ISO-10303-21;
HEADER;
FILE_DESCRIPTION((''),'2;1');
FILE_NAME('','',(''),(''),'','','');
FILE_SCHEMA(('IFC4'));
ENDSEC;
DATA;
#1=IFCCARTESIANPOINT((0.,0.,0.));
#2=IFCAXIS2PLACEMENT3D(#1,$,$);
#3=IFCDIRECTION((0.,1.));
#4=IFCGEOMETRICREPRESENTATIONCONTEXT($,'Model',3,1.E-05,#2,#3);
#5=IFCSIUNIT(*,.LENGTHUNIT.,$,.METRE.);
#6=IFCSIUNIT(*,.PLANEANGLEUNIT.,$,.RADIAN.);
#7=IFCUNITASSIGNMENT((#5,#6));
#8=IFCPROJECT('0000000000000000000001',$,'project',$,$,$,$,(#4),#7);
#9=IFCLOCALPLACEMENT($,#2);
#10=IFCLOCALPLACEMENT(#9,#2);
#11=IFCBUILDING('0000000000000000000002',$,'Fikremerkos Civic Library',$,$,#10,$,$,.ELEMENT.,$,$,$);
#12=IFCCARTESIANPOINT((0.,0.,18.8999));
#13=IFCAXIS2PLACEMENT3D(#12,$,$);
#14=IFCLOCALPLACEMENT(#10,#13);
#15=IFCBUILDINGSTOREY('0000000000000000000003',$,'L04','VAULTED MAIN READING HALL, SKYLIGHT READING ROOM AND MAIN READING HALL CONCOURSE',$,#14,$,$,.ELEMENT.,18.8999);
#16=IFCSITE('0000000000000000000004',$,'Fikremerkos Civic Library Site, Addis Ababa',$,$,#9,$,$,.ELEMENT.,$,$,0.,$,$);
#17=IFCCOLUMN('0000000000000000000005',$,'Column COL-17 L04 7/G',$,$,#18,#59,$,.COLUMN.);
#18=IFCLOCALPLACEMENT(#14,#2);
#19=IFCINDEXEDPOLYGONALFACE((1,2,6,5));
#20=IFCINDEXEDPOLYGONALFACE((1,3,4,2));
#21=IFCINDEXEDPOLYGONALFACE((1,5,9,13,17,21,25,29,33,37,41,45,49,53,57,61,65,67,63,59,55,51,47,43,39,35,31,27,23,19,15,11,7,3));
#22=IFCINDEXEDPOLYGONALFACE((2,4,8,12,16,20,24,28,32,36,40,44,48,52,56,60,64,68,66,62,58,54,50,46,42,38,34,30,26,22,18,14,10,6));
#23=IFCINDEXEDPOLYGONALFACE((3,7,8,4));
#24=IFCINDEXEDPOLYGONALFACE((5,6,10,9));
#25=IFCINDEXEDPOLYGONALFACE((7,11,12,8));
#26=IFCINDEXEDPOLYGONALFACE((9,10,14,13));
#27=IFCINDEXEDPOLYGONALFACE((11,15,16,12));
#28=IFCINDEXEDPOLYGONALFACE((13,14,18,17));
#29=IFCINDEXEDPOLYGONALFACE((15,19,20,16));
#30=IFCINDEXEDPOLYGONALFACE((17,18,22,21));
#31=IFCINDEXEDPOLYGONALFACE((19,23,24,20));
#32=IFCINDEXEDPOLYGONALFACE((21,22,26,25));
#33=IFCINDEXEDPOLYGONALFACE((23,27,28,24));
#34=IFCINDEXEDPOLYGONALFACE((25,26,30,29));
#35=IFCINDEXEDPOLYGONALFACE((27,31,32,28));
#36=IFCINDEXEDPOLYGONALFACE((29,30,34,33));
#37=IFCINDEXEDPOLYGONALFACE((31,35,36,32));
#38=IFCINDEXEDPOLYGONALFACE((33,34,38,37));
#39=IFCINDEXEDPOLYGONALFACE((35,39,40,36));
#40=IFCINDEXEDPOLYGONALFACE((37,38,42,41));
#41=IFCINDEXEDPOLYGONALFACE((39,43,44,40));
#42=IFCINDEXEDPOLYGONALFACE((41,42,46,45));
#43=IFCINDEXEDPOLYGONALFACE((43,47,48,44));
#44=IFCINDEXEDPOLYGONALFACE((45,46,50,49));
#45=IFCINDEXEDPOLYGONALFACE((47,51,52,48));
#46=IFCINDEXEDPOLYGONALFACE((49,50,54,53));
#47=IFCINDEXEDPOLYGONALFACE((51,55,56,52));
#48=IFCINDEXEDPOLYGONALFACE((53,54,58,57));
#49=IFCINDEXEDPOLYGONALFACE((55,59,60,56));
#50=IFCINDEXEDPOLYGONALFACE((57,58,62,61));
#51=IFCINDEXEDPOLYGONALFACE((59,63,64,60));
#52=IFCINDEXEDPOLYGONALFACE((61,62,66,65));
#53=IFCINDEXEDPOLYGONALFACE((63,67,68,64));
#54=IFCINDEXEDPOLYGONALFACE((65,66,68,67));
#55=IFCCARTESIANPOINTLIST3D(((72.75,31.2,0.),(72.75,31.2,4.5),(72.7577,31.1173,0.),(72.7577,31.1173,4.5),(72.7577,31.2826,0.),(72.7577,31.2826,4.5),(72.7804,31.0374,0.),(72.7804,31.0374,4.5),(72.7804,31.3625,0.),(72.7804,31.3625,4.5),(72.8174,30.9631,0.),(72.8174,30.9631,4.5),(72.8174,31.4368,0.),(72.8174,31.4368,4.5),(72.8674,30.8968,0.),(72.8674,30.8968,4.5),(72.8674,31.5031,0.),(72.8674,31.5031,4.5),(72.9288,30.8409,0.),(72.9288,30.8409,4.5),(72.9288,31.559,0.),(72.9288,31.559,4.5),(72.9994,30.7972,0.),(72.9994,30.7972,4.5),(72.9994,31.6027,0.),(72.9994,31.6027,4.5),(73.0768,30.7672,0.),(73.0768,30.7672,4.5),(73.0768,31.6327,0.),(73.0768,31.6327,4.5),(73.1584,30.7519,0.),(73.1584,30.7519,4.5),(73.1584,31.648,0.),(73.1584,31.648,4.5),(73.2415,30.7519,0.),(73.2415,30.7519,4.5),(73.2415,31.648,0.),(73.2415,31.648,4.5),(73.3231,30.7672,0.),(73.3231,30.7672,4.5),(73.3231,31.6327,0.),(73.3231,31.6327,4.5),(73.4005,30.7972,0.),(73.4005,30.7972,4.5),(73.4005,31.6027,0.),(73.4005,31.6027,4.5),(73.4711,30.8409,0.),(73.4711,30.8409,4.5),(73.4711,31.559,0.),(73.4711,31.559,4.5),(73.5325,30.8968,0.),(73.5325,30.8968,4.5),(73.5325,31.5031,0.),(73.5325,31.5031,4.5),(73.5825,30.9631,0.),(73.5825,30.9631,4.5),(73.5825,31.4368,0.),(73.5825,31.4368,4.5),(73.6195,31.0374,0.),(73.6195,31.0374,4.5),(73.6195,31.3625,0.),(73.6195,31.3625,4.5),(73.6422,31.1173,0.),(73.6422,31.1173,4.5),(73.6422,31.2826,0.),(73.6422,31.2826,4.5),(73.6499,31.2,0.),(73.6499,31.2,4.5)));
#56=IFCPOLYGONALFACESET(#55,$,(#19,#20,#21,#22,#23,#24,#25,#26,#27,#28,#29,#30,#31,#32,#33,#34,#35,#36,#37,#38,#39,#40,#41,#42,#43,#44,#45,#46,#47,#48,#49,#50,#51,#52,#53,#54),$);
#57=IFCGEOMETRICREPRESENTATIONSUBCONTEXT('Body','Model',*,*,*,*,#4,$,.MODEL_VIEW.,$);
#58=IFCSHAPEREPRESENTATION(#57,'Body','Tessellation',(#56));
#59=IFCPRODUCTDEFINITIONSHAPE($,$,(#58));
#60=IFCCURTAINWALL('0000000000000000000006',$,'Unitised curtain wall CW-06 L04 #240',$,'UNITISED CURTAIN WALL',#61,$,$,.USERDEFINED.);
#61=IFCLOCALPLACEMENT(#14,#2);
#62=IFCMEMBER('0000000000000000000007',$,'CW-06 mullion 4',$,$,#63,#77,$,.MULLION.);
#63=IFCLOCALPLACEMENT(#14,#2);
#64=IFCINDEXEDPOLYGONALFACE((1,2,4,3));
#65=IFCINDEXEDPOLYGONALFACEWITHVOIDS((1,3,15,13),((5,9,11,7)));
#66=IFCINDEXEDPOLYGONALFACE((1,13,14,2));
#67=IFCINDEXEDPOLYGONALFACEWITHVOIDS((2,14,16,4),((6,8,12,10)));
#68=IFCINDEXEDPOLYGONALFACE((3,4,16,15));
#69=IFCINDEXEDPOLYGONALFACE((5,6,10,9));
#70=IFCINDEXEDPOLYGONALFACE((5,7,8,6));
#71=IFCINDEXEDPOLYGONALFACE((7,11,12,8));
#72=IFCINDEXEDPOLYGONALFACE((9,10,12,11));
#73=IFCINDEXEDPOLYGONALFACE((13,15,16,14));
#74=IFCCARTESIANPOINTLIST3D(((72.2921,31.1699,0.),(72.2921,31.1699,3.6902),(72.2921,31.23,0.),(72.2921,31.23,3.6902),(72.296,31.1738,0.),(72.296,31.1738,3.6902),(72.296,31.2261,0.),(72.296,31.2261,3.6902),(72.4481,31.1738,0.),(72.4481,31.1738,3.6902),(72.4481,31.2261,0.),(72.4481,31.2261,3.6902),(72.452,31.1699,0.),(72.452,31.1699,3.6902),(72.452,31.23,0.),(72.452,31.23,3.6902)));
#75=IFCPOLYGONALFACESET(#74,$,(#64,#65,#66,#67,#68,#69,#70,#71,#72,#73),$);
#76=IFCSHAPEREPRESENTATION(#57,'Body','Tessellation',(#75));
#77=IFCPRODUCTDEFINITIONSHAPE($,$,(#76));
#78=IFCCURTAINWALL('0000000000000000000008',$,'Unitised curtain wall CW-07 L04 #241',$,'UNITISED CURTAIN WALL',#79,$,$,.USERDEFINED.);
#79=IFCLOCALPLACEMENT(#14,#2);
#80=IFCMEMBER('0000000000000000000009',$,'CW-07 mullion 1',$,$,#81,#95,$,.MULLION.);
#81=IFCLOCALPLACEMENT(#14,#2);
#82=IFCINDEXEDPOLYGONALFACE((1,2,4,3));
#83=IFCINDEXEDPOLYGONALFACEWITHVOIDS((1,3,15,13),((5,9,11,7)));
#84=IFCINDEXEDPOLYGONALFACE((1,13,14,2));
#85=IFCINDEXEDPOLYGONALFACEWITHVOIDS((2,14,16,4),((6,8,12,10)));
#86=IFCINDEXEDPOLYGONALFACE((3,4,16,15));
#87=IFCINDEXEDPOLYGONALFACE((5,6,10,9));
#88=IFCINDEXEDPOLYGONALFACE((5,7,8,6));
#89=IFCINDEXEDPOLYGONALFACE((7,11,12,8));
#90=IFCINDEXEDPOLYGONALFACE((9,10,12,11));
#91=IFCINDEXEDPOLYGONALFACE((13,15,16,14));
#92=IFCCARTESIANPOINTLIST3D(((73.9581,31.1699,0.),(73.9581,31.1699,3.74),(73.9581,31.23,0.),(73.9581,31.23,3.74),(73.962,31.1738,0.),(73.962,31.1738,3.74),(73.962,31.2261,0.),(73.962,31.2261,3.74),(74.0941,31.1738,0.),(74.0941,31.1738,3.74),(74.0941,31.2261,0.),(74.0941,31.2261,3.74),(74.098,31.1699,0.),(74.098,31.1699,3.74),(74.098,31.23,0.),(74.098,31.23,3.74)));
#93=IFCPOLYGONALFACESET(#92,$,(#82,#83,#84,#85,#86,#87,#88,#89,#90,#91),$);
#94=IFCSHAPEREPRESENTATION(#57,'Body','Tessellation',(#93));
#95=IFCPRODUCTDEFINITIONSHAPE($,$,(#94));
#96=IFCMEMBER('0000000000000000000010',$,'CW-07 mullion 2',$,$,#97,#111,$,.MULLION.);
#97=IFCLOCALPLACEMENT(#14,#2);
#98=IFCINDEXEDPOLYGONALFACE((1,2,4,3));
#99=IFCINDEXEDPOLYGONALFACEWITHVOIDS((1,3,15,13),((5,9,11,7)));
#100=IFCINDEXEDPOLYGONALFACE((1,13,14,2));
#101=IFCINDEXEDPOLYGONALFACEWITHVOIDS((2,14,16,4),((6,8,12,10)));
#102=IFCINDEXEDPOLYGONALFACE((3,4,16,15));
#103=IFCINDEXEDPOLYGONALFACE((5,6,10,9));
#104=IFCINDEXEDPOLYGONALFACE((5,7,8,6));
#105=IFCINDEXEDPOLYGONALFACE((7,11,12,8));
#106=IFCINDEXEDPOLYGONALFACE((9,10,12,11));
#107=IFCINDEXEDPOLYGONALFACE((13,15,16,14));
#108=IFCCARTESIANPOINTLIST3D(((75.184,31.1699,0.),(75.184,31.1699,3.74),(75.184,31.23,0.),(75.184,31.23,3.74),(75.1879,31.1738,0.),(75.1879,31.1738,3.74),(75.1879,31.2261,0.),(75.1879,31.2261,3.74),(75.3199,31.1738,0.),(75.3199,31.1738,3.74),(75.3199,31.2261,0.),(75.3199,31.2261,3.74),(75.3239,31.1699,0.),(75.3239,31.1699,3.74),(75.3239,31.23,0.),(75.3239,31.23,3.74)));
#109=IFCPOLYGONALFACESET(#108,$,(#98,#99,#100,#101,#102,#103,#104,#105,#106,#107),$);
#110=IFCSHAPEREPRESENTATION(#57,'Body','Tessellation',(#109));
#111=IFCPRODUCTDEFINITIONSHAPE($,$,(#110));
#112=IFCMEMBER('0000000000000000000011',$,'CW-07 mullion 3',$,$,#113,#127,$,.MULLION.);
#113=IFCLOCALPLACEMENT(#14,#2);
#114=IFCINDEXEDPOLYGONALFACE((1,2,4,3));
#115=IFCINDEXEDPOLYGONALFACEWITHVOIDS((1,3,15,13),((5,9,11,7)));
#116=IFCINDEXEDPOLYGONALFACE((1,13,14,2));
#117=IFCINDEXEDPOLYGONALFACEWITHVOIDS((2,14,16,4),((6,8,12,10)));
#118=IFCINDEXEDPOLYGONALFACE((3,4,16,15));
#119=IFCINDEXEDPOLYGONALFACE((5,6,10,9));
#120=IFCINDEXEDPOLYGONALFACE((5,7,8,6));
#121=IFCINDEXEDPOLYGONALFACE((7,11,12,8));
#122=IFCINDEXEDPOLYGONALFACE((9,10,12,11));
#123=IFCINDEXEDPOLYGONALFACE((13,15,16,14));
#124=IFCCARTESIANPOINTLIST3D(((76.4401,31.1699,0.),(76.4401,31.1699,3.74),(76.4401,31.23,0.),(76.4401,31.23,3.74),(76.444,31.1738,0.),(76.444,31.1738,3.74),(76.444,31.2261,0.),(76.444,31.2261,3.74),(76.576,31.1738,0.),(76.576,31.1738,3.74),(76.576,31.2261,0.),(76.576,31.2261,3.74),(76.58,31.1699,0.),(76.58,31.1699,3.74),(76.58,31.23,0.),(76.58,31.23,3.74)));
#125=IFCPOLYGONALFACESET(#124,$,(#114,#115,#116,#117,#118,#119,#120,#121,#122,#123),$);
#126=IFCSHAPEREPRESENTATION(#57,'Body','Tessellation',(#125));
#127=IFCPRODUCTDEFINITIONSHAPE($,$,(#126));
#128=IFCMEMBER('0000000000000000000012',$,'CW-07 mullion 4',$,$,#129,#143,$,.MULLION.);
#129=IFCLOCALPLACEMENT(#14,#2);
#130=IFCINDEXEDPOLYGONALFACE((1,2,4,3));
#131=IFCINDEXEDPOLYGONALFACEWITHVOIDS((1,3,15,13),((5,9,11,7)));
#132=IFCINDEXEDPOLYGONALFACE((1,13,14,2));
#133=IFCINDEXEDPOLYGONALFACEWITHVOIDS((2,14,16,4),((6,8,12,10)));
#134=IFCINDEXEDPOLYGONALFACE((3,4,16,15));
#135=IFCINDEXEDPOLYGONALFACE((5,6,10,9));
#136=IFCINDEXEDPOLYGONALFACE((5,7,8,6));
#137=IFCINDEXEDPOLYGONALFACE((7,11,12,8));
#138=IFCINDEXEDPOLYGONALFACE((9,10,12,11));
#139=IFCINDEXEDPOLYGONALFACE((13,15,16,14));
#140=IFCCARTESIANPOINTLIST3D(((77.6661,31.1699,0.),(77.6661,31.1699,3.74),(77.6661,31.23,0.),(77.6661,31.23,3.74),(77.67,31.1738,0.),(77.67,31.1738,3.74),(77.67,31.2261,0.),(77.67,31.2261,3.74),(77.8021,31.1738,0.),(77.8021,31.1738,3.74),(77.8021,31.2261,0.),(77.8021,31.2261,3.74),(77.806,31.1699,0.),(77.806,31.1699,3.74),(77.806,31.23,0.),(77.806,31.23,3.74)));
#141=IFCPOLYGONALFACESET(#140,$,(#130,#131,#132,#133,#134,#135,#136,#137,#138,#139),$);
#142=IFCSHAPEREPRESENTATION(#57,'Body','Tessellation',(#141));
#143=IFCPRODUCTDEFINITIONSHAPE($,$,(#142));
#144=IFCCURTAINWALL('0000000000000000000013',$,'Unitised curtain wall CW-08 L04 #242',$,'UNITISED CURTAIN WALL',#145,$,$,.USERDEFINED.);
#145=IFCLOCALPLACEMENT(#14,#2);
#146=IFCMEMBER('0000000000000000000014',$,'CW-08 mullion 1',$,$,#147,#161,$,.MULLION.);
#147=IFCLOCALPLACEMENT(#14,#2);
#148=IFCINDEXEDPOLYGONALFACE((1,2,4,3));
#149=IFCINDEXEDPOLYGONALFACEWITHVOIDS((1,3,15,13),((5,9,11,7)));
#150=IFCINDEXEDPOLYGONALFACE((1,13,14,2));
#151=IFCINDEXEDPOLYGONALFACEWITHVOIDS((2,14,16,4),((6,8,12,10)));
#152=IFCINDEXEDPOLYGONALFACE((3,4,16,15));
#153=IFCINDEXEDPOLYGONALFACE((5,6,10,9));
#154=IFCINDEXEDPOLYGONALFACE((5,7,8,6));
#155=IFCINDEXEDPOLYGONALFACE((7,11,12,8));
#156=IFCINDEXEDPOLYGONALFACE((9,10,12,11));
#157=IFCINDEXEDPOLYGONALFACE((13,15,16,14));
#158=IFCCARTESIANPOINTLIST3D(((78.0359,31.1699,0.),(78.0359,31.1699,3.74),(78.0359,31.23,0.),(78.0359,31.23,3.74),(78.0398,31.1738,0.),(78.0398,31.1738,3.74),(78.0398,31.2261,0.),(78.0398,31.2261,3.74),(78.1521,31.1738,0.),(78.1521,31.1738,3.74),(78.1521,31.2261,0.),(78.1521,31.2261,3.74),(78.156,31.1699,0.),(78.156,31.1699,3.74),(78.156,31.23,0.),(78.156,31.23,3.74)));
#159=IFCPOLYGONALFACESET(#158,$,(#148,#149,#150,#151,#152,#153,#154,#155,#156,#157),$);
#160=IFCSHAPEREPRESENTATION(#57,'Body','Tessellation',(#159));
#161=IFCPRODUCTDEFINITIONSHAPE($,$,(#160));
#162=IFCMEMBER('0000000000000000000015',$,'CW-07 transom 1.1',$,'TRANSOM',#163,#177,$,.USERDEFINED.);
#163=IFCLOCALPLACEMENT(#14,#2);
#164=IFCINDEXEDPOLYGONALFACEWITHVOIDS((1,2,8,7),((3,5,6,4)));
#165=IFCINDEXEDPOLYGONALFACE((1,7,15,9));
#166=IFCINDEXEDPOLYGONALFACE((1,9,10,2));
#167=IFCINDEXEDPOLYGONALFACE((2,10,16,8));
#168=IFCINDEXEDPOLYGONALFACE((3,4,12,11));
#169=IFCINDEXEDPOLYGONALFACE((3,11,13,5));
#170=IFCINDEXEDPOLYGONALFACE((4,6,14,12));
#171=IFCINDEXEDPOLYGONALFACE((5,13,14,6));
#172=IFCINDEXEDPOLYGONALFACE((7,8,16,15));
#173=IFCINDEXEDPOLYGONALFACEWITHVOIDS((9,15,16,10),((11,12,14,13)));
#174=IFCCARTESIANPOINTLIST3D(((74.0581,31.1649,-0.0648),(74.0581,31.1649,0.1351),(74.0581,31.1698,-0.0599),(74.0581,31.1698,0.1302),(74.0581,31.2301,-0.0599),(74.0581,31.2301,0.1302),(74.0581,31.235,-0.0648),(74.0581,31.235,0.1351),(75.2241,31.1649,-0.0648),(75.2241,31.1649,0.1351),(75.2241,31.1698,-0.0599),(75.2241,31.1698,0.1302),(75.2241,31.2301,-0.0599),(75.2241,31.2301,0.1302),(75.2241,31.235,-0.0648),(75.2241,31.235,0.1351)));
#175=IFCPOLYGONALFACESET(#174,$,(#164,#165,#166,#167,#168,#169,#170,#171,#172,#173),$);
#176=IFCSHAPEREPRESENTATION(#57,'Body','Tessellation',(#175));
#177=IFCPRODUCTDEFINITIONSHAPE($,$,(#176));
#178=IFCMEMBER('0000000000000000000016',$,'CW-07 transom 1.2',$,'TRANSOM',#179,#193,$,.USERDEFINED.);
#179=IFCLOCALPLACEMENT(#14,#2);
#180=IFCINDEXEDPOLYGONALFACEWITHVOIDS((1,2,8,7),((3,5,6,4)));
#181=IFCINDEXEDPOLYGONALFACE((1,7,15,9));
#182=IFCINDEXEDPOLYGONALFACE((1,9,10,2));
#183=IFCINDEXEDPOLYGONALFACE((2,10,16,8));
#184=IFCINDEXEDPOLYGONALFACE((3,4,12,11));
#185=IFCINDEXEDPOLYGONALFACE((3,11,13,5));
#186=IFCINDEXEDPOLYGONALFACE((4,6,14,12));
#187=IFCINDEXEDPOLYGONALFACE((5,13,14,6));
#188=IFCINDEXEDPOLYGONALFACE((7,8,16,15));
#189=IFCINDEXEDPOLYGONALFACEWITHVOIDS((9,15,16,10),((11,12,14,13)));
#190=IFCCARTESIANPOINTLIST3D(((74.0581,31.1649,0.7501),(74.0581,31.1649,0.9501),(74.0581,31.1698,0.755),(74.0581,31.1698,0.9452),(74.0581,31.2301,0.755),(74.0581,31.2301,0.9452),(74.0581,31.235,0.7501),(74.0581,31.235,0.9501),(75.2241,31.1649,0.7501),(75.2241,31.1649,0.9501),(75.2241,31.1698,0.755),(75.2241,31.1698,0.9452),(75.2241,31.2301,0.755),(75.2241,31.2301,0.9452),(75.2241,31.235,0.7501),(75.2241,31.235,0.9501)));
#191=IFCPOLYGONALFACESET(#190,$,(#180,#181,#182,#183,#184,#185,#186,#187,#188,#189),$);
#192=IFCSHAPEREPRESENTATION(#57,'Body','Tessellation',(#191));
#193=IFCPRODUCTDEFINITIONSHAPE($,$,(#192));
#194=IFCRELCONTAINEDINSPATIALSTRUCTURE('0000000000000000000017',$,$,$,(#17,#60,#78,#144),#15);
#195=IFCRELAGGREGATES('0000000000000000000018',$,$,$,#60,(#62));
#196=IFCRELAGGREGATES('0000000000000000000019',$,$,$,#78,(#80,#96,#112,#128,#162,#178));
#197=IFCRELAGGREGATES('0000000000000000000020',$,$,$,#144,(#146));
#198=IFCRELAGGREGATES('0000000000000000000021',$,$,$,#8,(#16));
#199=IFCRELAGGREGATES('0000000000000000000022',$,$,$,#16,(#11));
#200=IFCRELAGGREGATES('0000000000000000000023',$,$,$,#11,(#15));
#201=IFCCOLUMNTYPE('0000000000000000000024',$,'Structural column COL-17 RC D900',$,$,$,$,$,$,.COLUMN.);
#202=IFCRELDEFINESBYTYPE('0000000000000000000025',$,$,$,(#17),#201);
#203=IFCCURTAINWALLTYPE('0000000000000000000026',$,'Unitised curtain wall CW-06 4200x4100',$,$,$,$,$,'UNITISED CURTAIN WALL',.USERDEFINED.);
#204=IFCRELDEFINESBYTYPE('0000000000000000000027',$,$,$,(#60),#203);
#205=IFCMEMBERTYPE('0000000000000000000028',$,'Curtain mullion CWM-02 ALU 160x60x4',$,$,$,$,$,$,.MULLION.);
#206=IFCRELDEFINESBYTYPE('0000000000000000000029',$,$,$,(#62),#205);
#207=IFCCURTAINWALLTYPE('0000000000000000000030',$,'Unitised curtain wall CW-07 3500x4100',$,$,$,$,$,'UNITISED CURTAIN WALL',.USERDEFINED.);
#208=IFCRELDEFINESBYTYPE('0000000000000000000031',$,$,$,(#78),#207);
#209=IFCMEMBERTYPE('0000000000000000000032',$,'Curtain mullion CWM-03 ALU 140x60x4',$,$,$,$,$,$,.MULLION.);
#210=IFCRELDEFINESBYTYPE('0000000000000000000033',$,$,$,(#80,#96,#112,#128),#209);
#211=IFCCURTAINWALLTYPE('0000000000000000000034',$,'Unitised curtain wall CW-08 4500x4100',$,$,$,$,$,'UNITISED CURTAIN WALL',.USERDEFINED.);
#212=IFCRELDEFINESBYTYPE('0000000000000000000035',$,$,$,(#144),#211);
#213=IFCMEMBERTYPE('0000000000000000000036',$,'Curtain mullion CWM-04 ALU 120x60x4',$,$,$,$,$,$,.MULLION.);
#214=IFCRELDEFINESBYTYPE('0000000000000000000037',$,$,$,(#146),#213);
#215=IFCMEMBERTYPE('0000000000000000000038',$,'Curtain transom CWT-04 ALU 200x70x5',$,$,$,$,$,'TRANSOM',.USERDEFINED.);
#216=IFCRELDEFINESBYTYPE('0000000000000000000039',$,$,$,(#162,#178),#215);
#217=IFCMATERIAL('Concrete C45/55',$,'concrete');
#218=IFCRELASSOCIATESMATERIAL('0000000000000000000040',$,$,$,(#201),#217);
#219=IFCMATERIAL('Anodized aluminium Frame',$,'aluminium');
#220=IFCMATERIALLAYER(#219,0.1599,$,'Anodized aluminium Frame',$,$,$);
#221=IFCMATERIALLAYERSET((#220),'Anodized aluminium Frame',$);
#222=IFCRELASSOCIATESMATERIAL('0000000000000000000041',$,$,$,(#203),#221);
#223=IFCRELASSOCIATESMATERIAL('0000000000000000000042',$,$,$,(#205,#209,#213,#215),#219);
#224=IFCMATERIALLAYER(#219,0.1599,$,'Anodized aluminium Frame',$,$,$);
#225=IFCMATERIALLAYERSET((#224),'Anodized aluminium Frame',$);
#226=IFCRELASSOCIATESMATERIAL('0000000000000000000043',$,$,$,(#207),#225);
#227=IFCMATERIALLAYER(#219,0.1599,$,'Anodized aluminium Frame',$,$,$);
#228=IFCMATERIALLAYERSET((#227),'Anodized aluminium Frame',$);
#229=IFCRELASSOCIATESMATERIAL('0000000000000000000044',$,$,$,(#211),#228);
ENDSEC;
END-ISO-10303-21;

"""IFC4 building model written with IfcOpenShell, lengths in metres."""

from ifc_helpers import new_model, si_unit, direction, frame, origin, origin_2d, place, context, subcontext, project, spatial, hollow_rectangle, circle, extrude, material, layer, layer_set, material_profile, profile_set, type_object, element, aggregate, save


model = new_model("IFC4")

# Units and contexts
model_context = context("Model", 3, precision=1e-05, world=origin(), true_north=direction((0.0, 1.0)))
body_context = subcontext(model_context, "Body", "Model", "MODEL_VIEW")
ifc_project = project(units=[si_unit("LENGTHUNIT", "METRE"), si_unit("PLANEANGLEUNIT", "RADIAN")], contexts=[model_context])

# Site, building, storey
site_placement = place(None, origin())
site = spatial("IfcSite", under=ifc_project, at=site_placement, Name="Fikremerkos Civic Library Site, Addis Ababa", CompositionType="ELEMENT", RefElevation=0.0)
building_placement = place(site_placement, origin())
building = spatial("IfcBuilding", under=site, at=building_placement, Name="Fikremerkos Civic Library", CompositionType="ELEMENT")
storey_placement = place(building_placement, frame((0.0, 0.0, 18.8999)))
storey = spatial("IfcBuildingStorey", under=building, at=storey_placement, Name="L04", Description="VAULTED MAIN READING HALL, SKYLIGHT READING ROOM AND MAIN READING HALL CONCOURSE", CompositionType="ELEMENT", Elevation=18.8999)

# Column
ifc_material_1 = material(Name="Concrete C45/55", Category="concrete")
ifc_material_profile_1 = material_profile(ifc_material_1, circle(Radius=0.45, at=origin_2d()), Name="RC D900")
ifc_profile_set_1 = profile_set([ifc_material_profile_1], Name="Concrete C45/55")
column_type = type_object("IfcColumnType", Name="Structural column COL-17 RC D900", PredefinedType="COLUMN", material=ifc_profile_set_1)
column_placement = place(storey_placement, frame((73.2, 31.2, 0.0), z_axis=(0.0, 0.0, 1.0), x_axis=(1.0, 0.0, 0.0)))
element("IfcColumn", 1, at=column_placement, inside=storey, type_object=column_type, Name="Column COL-17 L04 7/G", PredefinedType="COLUMN", context=body_context, shape_type="SweptSolid", body=[
    extrude(circle(Radius=0.45, at=origin_2d()), origin(), (0.0, 0.0, 1.0), 4.5),
])

# Curtain wall, member
ifc_material_2 = material(Name="Anodized aluminium Frame", Category="aluminium")
ifc_layer_1 = layer(ifc_material_2, 0.1599, Name="Anodized aluminium Frame")
ifc_layer_set_1 = layer_set([ifc_layer_1], Name="Anodized aluminium Frame")
curtain_wall_type_1 = type_object("IfcCurtainWallType", Name="Unitised curtain wall CW-06 4200x4100", ElementType="UNITISED CURTAIN WALL", PredefinedType="USERDEFINED", material=ifc_layer_set_1)
curtain_wall_1_placement = place(storey_placement, origin())
curtain_wall_1 = element("IfcCurtainWall", 2, at=curtain_wall_1_placement, inside=storey, type_object=curtain_wall_type_1, Name="Unitised curtain wall CW-06 L04 #240", ObjectType="UNITISED CURTAIN WALL", PredefinedType="USERDEFINED")
ifc_material_profile_2 = material_profile(ifc_material_2, hollow_rectangle(XDim=0.0601, YDim=0.1599, WallThickness=0.0039, at=origin_2d()), Name="ALU 160x60x4")
ifc_profile_set_2 = profile_set([ifc_material_profile_2], Name="Anodized aluminium Frame")
member_type_1 = type_object("IfcMemberType", Name="Curtain mullion CWM-02 ALU 160x60x4", PredefinedType="MULLION", material=ifc_profile_set_2)
member_1_placement = place(storey_placement, frame((72.3721, 31.2, 0.0), z_axis=(0.0, 0.0, 1.0), x_axis=(0.0, 1.0, 0.0)))
member_1 = element("IfcMember", 3, at=member_1_placement, type_object=member_type_1, Name="CW-06 mullion 4", PredefinedType="MULLION", context=body_context, shape_type="SweptSolid", body=[
    extrude(hollow_rectangle(XDim=0.0601, YDim=0.1599, WallThickness=0.0039, at=origin_2d()), origin(), (0.0, 0.0, 1.0), 3.6902),
])

# Curtain wall, members
ifc_layer_2 = layer(ifc_material_2, 0.1599, Name="Anodized aluminium Frame")
ifc_layer_set_2 = layer_set([ifc_layer_2], Name="Anodized aluminium Frame")
curtain_wall_type_2 = type_object("IfcCurtainWallType", Name="Unitised curtain wall CW-07 3500x4100", ElementType="UNITISED CURTAIN WALL", PredefinedType="USERDEFINED", material=ifc_layer_set_2)
curtain_wall_2_placement = place(storey_placement, origin())
curtain_wall_2 = element("IfcCurtainWall", 4, at=curtain_wall_2_placement, inside=storey, type_object=curtain_wall_type_2, Name="Unitised curtain wall CW-07 L04 #241", ObjectType="UNITISED CURTAIN WALL", PredefinedType="USERDEFINED")
ifc_material_profile_3 = material_profile(ifc_material_2, hollow_rectangle(XDim=0.0601, YDim=0.1399, WallThickness=0.0039, at=origin_2d()), Name="ALU 140x60x4")
ifc_profile_set_3 = profile_set([ifc_material_profile_3], Name="Anodized aluminium Frame")
member_type_2 = type_object("IfcMemberType", Name="Curtain mullion CWM-03 ALU 140x60x4", PredefinedType="MULLION", material=ifc_profile_set_3)
member_2_placement = place(storey_placement, frame((74.0281, 31.2, 0.0), z_axis=(0.0, 0.0, 1.0), x_axis=(0.0, 1.0, 0.0)))
member_2 = element("IfcMember", 5, at=member_2_placement, type_object=member_type_2, Name="CW-07 mullion 1", PredefinedType="MULLION", context=body_context, shape_type="SweptSolid", body=[
    extrude(hollow_rectangle(XDim=0.0601, YDim=0.1399, WallThickness=0.0039, at=origin_2d()), origin(), (0.0, 0.0, 1.0), 3.74),
])
member_3_placement = place(storey_placement, frame((75.2539, 31.2, 0.0), z_axis=(0.0, 0.0, 1.0), x_axis=(0.0, 1.0, 0.0)))
member_3 = element("IfcMember", 6, at=member_3_placement, type_object=member_type_2, Name="CW-07 mullion 2", PredefinedType="MULLION", context=body_context, shape_type="SweptSolid", body=[
    extrude(hollow_rectangle(XDim=0.0601, YDim=0.1399, WallThickness=0.0039, at=origin_2d()), origin(), (0.0, 0.0, 1.0), 3.74),
])
member_4_placement = place(storey_placement, frame((76.51, 31.2, 0.0), z_axis=(0.0, 0.0, 1.0), x_axis=(0.0, 1.0, 0.0)))
member_4 = element("IfcMember", 7, at=member_4_placement, type_object=member_type_2, Name="CW-07 mullion 3", PredefinedType="MULLION", context=body_context, shape_type="SweptSolid", body=[
    extrude(hollow_rectangle(XDim=0.0601, YDim=0.1399, WallThickness=0.0039, at=origin_2d()), origin(), (0.0, 0.0, 1.0), 3.74),
])
member_5_placement = place(storey_placement, frame((77.7361, 31.2, 0.0), z_axis=(0.0, 0.0, 1.0), x_axis=(0.0, 1.0, 0.0)))
member_5 = element("IfcMember", 8, at=member_5_placement, type_object=member_type_2, Name="CW-07 mullion 4", PredefinedType="MULLION", context=body_context, shape_type="SweptSolid", body=[
    extrude(hollow_rectangle(XDim=0.0601, YDim=0.1399, WallThickness=0.0039, at=origin_2d()), origin(), (0.0, 0.0, 1.0), 3.74),
])

# Curtain wall, member
ifc_layer_3 = layer(ifc_material_2, 0.1599, Name="Anodized aluminium Frame")
ifc_layer_set_3 = layer_set([ifc_layer_3], Name="Anodized aluminium Frame")
curtain_wall_type_3 = type_object("IfcCurtainWallType", Name="Unitised curtain wall CW-08 4500x4100", ElementType="UNITISED CURTAIN WALL", PredefinedType="USERDEFINED", material=ifc_layer_set_3)
curtain_wall_3_placement = place(storey_placement, origin())
curtain_wall_3 = element("IfcCurtainWall", 9, at=curtain_wall_3_placement, inside=storey, type_object=curtain_wall_type_3, Name="Unitised curtain wall CW-08 L04 #242", ObjectType="UNITISED CURTAIN WALL", PredefinedType="USERDEFINED")
ifc_material_profile_4 = material_profile(ifc_material_2, hollow_rectangle(XDim=0.0601, YDim=0.1201, WallThickness=0.0039, at=origin_2d()), Name="ALU 120x60x4")
ifc_profile_set_4 = profile_set([ifc_material_profile_4], Name="Anodized aluminium Frame")
member_type_3 = type_object("IfcMemberType", Name="Curtain mullion CWM-04 ALU 120x60x4", PredefinedType="MULLION", material=ifc_profile_set_4)
member_6_placement = place(storey_placement, frame((78.0959, 31.2, 0.0), z_axis=(0.0, 0.0, 1.0), x_axis=(0.0, 1.0, 0.0)))
member_6 = element("IfcMember", 10, at=member_6_placement, type_object=member_type_3, Name="CW-08 mullion 1", PredefinedType="MULLION", context=body_context, shape_type="SweptSolid", body=[
    extrude(hollow_rectangle(XDim=0.0601, YDim=0.1201, WallThickness=0.0039, at=origin_2d()), origin(), (0.0, 0.0, 1.0), 3.74),
])

# Members
ifc_material_profile_5 = material_profile(ifc_material_2, hollow_rectangle(XDim=0.0701, YDim=0.2, WallThickness=0.0049, at=origin_2d()), Name="ALU 200x70x5")
ifc_profile_set_5 = profile_set([ifc_material_profile_5], Name="Anodized aluminium Frame")
member_type_4 = type_object("IfcMemberType", Name="Curtain transom CWT-04 ALU 200x70x5", ElementType="TRANSOM", PredefinedType="USERDEFINED", material=ifc_profile_set_5)
member_7_placement = place(storey_placement, frame((74.0581, 31.2, 0.0352), z_axis=(1.0, 0.0, 0.0), x_axis=(0.0, 1.0, 0.0)))
member_7 = element("IfcMember", 11, at=member_7_placement, type_object=member_type_4, Name="CW-07 transom 1.1", ObjectType="TRANSOM", PredefinedType="USERDEFINED", context=body_context, shape_type="SweptSolid", body=[
    extrude(hollow_rectangle(XDim=0.0701, YDim=0.2, WallThickness=0.0049, at=origin_2d()), origin(), (0.0, 0.0, 1.0), 1.166),
])
member_8_placement = place(storey_placement, frame((74.0581, 31.2, 0.8501), z_axis=(1.0, 0.0, 0.0), x_axis=(0.0, 1.0, 0.0)))
member_8 = element("IfcMember", 12, at=member_8_placement, type_object=member_type_4, Name="CW-07 transom 1.2", ObjectType="TRANSOM", PredefinedType="USERDEFINED", context=body_context, shape_type="SweptSolid", body=[
    extrude(hollow_rectangle(XDim=0.0701, YDim=0.2, WallThickness=0.0049, at=origin_2d()), origin(), (0.0, 0.0, 1.0), 1.166),
])

aggregate(curtain_wall_1, [member_1])
aggregate(curtain_wall_2, [member_2, member_3, member_4, member_5, member_7, member_8])
aggregate(curtain_wall_3, [member_6])

save(model, "model.ifc")
